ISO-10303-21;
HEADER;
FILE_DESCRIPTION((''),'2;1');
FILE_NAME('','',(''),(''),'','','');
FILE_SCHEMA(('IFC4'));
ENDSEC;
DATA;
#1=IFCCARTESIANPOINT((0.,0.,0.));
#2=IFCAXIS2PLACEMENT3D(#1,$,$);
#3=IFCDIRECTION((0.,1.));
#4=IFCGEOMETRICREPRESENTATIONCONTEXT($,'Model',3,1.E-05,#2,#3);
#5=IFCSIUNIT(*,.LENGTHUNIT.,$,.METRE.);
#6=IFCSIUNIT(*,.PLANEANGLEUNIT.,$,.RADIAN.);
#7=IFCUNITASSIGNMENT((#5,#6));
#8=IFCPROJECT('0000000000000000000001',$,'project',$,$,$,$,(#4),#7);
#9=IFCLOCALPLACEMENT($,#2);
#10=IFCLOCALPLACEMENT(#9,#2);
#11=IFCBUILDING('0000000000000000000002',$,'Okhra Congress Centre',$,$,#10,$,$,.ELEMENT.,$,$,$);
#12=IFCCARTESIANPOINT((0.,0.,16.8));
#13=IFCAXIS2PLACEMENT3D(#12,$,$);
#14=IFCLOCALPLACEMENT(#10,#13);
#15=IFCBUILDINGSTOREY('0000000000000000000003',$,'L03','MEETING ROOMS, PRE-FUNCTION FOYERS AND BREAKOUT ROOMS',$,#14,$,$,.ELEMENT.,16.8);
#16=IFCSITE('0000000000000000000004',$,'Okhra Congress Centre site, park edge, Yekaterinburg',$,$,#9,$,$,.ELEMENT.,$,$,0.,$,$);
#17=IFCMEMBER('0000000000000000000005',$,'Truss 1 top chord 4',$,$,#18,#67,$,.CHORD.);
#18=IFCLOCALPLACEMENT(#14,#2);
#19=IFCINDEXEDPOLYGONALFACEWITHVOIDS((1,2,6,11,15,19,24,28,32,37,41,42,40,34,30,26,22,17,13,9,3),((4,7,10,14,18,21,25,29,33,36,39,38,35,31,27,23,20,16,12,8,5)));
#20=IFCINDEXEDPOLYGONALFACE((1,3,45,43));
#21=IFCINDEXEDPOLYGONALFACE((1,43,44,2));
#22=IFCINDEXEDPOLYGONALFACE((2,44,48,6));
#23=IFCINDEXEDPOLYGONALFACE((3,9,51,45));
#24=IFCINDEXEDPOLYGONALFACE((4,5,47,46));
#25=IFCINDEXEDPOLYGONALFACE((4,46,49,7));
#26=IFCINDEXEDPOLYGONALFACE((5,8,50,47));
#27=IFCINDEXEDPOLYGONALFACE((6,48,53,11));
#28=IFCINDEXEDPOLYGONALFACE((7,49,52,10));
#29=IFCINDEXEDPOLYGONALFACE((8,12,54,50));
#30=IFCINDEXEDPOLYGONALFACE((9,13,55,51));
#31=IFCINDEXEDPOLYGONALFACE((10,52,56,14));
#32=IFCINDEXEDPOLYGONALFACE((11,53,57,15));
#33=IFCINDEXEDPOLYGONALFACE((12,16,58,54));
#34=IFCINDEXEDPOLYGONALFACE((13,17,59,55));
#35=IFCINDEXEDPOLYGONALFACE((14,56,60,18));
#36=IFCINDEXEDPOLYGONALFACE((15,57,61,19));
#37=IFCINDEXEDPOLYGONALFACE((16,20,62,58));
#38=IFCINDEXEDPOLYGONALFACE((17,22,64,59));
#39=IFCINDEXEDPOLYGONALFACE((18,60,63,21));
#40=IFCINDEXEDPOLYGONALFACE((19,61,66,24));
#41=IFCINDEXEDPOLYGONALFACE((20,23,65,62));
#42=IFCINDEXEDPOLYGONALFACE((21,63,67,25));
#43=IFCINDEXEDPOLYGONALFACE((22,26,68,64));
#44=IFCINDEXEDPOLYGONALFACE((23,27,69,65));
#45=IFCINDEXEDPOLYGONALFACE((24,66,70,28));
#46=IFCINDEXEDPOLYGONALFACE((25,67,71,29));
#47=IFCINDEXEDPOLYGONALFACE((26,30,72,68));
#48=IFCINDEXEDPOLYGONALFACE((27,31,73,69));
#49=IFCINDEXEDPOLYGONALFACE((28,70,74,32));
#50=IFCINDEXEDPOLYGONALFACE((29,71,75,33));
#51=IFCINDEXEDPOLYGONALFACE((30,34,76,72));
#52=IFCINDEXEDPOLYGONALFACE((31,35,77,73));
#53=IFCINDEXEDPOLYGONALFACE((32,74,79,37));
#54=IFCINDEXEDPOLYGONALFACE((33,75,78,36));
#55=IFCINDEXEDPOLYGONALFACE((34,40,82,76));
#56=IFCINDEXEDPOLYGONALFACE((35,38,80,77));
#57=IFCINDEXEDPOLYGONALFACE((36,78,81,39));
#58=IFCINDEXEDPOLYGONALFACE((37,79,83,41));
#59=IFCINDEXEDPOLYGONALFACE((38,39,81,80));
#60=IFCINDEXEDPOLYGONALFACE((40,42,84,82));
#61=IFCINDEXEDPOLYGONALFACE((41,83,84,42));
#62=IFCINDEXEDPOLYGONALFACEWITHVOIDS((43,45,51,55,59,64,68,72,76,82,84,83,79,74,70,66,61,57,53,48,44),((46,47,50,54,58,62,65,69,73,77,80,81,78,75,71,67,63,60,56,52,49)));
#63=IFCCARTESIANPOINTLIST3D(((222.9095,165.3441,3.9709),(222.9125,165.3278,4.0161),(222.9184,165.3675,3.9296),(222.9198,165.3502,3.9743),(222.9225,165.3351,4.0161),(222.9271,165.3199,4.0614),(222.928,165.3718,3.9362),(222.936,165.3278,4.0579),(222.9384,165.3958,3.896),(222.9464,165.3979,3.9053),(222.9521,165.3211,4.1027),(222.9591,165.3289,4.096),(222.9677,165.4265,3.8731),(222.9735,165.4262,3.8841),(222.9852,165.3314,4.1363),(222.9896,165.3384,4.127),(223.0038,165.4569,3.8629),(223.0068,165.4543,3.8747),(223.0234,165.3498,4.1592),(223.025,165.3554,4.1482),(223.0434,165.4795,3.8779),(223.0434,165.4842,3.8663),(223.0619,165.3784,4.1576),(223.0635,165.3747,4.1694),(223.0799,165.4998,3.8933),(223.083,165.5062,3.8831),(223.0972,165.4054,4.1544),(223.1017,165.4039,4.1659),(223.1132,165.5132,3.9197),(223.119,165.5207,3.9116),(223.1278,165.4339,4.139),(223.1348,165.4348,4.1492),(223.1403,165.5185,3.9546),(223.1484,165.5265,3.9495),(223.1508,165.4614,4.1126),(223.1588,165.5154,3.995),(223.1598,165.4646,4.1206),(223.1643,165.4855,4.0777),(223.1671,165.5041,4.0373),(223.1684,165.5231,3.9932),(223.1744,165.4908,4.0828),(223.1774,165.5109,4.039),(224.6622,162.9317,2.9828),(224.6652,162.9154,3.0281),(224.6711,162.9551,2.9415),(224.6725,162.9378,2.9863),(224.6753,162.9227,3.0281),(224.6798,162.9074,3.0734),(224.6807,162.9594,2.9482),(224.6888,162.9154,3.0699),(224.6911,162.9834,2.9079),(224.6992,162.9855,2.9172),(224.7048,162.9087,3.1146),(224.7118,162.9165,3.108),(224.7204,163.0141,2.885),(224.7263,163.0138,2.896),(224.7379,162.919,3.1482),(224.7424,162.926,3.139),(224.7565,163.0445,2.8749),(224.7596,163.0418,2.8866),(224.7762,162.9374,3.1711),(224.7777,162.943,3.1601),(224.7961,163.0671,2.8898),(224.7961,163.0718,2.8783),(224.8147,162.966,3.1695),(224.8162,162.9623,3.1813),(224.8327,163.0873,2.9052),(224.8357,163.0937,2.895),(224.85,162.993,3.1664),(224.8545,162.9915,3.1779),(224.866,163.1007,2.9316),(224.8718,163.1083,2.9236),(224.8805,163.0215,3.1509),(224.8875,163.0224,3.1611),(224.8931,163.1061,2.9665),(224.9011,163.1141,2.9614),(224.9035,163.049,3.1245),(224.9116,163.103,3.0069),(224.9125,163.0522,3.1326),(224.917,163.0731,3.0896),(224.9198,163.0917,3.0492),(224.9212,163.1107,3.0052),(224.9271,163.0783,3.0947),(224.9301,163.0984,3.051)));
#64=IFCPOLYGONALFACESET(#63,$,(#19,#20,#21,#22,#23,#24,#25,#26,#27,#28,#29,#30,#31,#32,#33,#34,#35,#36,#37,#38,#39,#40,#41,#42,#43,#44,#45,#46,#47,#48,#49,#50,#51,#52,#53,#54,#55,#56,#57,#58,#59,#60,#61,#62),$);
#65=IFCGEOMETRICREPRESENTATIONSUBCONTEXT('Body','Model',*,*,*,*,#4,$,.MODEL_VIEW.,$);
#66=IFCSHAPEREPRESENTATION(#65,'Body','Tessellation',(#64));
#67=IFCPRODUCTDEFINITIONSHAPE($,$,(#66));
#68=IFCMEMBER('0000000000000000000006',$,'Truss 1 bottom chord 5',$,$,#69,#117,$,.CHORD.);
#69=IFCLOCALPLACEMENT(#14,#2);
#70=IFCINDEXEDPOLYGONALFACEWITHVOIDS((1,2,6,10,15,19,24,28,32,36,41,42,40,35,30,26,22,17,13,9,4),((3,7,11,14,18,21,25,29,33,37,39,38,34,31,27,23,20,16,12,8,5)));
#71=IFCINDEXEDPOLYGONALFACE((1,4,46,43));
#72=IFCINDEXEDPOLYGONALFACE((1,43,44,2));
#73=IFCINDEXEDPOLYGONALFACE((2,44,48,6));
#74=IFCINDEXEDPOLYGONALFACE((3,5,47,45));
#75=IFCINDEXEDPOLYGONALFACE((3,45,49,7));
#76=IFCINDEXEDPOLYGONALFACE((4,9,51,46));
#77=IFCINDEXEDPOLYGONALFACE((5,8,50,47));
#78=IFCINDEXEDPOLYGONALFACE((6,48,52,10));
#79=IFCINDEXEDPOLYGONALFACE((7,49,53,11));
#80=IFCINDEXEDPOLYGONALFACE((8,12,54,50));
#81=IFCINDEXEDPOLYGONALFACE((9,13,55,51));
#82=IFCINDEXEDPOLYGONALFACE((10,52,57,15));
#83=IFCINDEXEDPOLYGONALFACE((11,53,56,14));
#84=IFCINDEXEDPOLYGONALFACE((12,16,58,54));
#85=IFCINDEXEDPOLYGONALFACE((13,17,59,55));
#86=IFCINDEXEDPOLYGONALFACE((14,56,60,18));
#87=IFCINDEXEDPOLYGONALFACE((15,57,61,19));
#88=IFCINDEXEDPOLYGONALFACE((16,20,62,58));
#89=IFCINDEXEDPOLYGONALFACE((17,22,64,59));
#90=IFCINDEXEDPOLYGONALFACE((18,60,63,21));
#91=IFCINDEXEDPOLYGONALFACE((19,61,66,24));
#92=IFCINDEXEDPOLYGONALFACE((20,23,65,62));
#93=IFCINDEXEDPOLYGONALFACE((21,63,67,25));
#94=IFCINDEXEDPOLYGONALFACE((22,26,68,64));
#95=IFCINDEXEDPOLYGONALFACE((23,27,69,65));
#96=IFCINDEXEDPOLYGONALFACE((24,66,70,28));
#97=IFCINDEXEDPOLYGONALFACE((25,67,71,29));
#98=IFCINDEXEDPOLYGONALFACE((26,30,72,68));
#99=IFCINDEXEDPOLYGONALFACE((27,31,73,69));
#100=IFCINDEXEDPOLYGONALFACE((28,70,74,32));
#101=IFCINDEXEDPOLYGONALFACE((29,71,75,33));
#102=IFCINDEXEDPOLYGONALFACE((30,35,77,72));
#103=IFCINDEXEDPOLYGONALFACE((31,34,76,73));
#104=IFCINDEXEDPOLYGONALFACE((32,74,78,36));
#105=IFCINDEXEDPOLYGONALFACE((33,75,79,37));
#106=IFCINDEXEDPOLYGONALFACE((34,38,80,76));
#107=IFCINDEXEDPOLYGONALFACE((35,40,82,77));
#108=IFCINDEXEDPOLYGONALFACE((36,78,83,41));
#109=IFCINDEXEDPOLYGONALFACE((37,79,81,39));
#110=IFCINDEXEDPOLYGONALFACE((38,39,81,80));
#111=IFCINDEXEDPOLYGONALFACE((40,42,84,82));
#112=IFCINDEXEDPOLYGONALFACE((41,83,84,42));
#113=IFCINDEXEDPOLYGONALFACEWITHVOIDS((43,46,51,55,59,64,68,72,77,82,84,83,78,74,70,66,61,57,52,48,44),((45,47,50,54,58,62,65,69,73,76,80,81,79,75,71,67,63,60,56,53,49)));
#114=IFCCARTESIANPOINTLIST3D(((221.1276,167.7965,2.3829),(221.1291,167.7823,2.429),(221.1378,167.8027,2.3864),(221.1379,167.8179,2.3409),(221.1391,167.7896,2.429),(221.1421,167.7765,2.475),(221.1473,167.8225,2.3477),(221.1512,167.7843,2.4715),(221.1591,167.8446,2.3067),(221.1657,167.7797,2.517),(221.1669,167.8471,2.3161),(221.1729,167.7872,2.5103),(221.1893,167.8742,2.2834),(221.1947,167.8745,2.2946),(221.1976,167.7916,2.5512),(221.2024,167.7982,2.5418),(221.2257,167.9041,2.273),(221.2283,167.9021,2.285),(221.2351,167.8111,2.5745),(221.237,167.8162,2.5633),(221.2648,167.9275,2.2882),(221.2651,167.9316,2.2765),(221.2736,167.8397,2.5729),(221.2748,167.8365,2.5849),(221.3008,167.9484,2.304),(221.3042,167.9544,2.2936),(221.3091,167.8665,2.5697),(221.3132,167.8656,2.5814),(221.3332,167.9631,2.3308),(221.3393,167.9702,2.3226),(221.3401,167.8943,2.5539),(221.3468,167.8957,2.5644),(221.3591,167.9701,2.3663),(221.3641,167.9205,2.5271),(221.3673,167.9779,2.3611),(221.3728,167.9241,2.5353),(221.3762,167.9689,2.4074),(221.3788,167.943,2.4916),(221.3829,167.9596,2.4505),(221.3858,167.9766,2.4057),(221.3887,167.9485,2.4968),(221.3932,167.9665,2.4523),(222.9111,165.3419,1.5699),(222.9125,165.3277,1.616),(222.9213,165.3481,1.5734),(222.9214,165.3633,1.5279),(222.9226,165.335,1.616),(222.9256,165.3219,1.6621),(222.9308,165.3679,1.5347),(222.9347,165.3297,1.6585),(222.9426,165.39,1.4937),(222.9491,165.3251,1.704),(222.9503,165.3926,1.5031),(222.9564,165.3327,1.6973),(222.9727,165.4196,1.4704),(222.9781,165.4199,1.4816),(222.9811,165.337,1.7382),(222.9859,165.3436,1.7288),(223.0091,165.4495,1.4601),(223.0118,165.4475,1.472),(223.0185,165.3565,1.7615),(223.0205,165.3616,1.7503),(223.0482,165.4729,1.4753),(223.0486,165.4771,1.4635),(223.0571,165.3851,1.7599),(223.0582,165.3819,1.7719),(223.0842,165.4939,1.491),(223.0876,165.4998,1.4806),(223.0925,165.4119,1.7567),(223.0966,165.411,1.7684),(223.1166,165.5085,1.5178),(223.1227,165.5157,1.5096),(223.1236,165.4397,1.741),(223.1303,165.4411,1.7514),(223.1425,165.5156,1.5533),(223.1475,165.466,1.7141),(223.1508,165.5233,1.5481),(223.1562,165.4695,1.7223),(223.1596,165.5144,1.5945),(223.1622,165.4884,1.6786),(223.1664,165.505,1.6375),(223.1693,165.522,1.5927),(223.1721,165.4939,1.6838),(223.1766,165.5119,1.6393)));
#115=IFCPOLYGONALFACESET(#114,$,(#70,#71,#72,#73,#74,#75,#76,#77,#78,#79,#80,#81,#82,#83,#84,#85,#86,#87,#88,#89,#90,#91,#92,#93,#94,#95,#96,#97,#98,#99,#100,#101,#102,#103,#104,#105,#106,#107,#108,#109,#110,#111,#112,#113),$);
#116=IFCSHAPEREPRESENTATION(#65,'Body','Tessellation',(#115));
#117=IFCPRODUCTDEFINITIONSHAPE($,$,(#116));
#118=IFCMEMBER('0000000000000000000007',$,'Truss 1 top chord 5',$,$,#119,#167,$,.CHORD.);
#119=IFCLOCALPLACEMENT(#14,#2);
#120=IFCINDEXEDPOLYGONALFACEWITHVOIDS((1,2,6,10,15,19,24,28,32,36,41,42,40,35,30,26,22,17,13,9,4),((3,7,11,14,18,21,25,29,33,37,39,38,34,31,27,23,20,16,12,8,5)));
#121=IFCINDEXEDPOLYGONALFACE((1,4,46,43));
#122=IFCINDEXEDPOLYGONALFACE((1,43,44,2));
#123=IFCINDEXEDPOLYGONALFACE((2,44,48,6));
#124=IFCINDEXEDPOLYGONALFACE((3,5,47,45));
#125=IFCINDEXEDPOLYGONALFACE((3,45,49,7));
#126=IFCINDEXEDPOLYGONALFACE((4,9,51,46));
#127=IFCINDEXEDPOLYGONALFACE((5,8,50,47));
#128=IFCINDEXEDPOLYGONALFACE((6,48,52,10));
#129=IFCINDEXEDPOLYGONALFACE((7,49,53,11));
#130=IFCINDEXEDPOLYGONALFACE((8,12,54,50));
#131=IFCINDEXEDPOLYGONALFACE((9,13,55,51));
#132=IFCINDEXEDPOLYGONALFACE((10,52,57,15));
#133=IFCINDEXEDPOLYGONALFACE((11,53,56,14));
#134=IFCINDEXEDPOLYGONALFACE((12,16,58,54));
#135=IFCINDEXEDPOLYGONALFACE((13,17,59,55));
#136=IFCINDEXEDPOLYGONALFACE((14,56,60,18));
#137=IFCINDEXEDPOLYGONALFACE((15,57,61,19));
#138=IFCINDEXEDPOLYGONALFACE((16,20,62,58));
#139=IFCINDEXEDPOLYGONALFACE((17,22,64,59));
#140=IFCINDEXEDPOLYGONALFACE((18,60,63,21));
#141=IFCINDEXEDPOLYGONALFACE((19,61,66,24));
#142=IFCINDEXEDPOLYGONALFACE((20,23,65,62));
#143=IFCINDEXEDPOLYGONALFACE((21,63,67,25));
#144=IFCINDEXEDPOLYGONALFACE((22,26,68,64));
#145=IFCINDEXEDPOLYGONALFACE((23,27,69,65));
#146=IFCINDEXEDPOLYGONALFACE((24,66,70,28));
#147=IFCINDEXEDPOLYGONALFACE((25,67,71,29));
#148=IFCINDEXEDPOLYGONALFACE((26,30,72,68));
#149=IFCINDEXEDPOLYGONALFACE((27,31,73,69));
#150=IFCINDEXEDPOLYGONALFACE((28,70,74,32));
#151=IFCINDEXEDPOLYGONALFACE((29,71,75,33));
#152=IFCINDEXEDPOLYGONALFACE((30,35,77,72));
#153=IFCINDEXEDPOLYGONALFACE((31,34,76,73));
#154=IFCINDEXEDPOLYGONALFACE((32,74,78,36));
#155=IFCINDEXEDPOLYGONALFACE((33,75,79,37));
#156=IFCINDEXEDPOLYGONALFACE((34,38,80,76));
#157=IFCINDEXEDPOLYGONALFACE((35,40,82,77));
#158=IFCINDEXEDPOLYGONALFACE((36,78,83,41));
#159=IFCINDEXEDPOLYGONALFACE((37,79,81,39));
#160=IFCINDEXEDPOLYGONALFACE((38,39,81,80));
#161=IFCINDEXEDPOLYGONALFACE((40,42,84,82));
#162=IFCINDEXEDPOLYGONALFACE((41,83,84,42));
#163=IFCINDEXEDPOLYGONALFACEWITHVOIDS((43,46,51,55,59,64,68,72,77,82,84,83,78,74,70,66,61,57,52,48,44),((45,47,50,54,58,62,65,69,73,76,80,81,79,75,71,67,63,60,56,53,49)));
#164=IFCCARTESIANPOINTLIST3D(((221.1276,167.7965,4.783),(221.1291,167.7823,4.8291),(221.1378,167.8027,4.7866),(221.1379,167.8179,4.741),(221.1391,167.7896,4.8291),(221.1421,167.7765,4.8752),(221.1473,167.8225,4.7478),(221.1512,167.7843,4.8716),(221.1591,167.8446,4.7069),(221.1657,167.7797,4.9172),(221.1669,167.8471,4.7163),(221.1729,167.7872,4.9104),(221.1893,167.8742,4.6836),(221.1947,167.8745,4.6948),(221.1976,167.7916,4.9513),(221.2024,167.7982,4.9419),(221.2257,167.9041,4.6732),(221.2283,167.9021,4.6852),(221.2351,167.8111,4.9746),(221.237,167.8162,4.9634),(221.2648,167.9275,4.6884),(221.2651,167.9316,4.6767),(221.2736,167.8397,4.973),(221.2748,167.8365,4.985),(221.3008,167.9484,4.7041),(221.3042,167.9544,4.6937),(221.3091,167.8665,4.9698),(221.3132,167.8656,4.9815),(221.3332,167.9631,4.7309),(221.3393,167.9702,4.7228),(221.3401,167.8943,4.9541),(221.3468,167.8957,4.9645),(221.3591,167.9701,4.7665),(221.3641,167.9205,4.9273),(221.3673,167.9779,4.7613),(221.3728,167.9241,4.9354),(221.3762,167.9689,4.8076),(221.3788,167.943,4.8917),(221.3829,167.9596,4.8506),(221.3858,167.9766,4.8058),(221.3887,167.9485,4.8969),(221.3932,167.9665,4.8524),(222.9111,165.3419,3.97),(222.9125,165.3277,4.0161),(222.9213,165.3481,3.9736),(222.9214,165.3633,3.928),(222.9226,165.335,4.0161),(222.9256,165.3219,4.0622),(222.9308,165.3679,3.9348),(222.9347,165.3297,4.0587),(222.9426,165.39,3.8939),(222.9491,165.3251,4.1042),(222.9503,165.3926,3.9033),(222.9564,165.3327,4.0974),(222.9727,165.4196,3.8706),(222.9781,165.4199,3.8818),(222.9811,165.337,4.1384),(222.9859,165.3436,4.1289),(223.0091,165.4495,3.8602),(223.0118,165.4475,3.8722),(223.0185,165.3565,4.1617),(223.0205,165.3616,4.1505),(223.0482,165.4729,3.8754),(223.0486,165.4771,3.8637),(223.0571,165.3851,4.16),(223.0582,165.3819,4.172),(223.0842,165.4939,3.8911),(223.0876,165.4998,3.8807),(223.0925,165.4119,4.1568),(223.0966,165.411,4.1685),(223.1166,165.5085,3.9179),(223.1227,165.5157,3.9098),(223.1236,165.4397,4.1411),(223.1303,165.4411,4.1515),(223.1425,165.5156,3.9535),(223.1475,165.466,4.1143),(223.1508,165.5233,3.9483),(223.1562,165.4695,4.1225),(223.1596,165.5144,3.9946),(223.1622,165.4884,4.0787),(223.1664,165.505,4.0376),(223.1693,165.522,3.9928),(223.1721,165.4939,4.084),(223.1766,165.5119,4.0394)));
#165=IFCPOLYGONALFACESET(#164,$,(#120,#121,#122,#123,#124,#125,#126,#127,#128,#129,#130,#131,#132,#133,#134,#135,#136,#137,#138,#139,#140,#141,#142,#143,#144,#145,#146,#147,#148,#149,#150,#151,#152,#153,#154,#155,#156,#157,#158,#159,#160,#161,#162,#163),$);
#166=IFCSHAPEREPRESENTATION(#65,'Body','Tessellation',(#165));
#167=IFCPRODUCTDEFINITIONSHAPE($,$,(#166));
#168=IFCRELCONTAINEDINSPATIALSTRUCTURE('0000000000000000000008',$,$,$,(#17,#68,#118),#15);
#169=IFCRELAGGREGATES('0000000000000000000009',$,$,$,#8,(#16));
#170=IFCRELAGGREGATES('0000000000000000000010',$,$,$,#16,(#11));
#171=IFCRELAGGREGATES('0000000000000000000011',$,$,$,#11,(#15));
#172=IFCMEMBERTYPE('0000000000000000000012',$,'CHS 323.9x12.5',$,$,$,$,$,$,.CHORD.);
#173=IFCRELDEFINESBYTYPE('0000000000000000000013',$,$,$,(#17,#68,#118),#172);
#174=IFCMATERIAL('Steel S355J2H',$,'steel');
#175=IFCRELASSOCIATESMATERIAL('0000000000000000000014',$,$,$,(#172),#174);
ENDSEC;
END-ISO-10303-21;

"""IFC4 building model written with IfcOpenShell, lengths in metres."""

from ifc_helpers import new_model, si_unit, direction, frame, origin, origin_2d, place, context, subcontext, project, spatial, hollow_circle, extrude, material, material_profile, profile_set, type_object, element, save


model = new_model("IFC4")

# Units and contexts
model_context = context("Model", 3, precision=1e-05, world=origin(), true_north=direction((0.0, 1.0)))
body_context = subcontext(model_context, "Body", "Model", "MODEL_VIEW")
ifc_project = project(units=[si_unit("LENGTHUNIT", "METRE"), si_unit("PLANEANGLEUNIT", "RADIAN")], contexts=[model_context])

# Site, building, storey
site_placement = place(None, origin())
site = spatial("IfcSite", under=ifc_project, at=site_placement, Name="Okhra Congress Centre site, park edge, Yekaterinburg", CompositionType="ELEMENT", RefElevation=0.0)
building_placement = place(site_placement, origin())
building = spatial("IfcBuilding", under=site, at=building_placement, Name="Okhra Congress Centre", CompositionType="ELEMENT")
storey_placement = place(building_placement, frame((0.0, 0.0, 16.8)))
storey = spatial("IfcBuildingStorey", under=building, at=storey_placement, Name="L03", Description="MEETING ROOMS, PRE-FUNCTION FOYERS AND BREAKOUT ROOMS", CompositionType="ELEMENT", Elevation=16.8)

# Members
ifc_material_1 = material(Name="Steel S355J2H", Category="steel")
ifc_material_profile_1 = material_profile(ifc_material_1, hollow_circle(Radius=0.1619, WallThickness=0.0125, at=origin_2d()), Name="CHS 323.9x12.5")
ifc_profile_set_1 = profile_set([ifc_material_profile_1], Name="Steel S355J2H")
member_type_1 = type_object("IfcMemberType", Name="CHS 323.9x12.5", PredefinedType="CHORD", material=ifc_profile_set_1)
for number, where, z_axis, x_axis, name in (
    (1, (224.7961, 163.0105, 3.0281), (-0.557955, 0.767955, 0.314534), (-0.809016, -0.587787, 0.0), "Truss 1 top chord 4"),
):
    element("IfcMember", number, at=place(storey_placement, frame(where, z_axis=z_axis, x_axis=x_axis)), inside=storey, type_object=member_type_1, Name=name, PredefinedType="CHORD", context=body_context, shape_type="SweptSolid", body=[
        extrude(hollow_circle(Radius=0.1619, WallThickness=0.0125, at=origin_2d()), origin(), (0.0, 0.0, 1.0), 3.1414),
    ])
for number, where, z_axis, x_axis, name in (
    (2, (223.0435, 165.4229, 1.616), (-0.567774, 0.781437, 0.258821), (-0.809004, -0.587803, 0.0), "Truss 1 bottom chord 5"),
    (3, (223.0435, 165.4229, 4.0161), (-0.567774, 0.781437, 0.258821), (-0.809004, -0.587803, 0.0), "Truss 1 top chord 5"),
):
    element("IfcMember", number, at=place(storey_placement, frame(where, z_axis=z_axis, x_axis=x_axis)), inside=storey, type_object=member_type_1, Name=name, PredefinedType="CHORD", context=body_context, shape_type="SweptSolid", body=[
        extrude(hollow_circle(Radius=0.1619, WallThickness=0.0125, at=origin_2d()), origin(), (0.0, 0.0, 1.0), 3.1411),
    ])

save(model, "model.ifc")
